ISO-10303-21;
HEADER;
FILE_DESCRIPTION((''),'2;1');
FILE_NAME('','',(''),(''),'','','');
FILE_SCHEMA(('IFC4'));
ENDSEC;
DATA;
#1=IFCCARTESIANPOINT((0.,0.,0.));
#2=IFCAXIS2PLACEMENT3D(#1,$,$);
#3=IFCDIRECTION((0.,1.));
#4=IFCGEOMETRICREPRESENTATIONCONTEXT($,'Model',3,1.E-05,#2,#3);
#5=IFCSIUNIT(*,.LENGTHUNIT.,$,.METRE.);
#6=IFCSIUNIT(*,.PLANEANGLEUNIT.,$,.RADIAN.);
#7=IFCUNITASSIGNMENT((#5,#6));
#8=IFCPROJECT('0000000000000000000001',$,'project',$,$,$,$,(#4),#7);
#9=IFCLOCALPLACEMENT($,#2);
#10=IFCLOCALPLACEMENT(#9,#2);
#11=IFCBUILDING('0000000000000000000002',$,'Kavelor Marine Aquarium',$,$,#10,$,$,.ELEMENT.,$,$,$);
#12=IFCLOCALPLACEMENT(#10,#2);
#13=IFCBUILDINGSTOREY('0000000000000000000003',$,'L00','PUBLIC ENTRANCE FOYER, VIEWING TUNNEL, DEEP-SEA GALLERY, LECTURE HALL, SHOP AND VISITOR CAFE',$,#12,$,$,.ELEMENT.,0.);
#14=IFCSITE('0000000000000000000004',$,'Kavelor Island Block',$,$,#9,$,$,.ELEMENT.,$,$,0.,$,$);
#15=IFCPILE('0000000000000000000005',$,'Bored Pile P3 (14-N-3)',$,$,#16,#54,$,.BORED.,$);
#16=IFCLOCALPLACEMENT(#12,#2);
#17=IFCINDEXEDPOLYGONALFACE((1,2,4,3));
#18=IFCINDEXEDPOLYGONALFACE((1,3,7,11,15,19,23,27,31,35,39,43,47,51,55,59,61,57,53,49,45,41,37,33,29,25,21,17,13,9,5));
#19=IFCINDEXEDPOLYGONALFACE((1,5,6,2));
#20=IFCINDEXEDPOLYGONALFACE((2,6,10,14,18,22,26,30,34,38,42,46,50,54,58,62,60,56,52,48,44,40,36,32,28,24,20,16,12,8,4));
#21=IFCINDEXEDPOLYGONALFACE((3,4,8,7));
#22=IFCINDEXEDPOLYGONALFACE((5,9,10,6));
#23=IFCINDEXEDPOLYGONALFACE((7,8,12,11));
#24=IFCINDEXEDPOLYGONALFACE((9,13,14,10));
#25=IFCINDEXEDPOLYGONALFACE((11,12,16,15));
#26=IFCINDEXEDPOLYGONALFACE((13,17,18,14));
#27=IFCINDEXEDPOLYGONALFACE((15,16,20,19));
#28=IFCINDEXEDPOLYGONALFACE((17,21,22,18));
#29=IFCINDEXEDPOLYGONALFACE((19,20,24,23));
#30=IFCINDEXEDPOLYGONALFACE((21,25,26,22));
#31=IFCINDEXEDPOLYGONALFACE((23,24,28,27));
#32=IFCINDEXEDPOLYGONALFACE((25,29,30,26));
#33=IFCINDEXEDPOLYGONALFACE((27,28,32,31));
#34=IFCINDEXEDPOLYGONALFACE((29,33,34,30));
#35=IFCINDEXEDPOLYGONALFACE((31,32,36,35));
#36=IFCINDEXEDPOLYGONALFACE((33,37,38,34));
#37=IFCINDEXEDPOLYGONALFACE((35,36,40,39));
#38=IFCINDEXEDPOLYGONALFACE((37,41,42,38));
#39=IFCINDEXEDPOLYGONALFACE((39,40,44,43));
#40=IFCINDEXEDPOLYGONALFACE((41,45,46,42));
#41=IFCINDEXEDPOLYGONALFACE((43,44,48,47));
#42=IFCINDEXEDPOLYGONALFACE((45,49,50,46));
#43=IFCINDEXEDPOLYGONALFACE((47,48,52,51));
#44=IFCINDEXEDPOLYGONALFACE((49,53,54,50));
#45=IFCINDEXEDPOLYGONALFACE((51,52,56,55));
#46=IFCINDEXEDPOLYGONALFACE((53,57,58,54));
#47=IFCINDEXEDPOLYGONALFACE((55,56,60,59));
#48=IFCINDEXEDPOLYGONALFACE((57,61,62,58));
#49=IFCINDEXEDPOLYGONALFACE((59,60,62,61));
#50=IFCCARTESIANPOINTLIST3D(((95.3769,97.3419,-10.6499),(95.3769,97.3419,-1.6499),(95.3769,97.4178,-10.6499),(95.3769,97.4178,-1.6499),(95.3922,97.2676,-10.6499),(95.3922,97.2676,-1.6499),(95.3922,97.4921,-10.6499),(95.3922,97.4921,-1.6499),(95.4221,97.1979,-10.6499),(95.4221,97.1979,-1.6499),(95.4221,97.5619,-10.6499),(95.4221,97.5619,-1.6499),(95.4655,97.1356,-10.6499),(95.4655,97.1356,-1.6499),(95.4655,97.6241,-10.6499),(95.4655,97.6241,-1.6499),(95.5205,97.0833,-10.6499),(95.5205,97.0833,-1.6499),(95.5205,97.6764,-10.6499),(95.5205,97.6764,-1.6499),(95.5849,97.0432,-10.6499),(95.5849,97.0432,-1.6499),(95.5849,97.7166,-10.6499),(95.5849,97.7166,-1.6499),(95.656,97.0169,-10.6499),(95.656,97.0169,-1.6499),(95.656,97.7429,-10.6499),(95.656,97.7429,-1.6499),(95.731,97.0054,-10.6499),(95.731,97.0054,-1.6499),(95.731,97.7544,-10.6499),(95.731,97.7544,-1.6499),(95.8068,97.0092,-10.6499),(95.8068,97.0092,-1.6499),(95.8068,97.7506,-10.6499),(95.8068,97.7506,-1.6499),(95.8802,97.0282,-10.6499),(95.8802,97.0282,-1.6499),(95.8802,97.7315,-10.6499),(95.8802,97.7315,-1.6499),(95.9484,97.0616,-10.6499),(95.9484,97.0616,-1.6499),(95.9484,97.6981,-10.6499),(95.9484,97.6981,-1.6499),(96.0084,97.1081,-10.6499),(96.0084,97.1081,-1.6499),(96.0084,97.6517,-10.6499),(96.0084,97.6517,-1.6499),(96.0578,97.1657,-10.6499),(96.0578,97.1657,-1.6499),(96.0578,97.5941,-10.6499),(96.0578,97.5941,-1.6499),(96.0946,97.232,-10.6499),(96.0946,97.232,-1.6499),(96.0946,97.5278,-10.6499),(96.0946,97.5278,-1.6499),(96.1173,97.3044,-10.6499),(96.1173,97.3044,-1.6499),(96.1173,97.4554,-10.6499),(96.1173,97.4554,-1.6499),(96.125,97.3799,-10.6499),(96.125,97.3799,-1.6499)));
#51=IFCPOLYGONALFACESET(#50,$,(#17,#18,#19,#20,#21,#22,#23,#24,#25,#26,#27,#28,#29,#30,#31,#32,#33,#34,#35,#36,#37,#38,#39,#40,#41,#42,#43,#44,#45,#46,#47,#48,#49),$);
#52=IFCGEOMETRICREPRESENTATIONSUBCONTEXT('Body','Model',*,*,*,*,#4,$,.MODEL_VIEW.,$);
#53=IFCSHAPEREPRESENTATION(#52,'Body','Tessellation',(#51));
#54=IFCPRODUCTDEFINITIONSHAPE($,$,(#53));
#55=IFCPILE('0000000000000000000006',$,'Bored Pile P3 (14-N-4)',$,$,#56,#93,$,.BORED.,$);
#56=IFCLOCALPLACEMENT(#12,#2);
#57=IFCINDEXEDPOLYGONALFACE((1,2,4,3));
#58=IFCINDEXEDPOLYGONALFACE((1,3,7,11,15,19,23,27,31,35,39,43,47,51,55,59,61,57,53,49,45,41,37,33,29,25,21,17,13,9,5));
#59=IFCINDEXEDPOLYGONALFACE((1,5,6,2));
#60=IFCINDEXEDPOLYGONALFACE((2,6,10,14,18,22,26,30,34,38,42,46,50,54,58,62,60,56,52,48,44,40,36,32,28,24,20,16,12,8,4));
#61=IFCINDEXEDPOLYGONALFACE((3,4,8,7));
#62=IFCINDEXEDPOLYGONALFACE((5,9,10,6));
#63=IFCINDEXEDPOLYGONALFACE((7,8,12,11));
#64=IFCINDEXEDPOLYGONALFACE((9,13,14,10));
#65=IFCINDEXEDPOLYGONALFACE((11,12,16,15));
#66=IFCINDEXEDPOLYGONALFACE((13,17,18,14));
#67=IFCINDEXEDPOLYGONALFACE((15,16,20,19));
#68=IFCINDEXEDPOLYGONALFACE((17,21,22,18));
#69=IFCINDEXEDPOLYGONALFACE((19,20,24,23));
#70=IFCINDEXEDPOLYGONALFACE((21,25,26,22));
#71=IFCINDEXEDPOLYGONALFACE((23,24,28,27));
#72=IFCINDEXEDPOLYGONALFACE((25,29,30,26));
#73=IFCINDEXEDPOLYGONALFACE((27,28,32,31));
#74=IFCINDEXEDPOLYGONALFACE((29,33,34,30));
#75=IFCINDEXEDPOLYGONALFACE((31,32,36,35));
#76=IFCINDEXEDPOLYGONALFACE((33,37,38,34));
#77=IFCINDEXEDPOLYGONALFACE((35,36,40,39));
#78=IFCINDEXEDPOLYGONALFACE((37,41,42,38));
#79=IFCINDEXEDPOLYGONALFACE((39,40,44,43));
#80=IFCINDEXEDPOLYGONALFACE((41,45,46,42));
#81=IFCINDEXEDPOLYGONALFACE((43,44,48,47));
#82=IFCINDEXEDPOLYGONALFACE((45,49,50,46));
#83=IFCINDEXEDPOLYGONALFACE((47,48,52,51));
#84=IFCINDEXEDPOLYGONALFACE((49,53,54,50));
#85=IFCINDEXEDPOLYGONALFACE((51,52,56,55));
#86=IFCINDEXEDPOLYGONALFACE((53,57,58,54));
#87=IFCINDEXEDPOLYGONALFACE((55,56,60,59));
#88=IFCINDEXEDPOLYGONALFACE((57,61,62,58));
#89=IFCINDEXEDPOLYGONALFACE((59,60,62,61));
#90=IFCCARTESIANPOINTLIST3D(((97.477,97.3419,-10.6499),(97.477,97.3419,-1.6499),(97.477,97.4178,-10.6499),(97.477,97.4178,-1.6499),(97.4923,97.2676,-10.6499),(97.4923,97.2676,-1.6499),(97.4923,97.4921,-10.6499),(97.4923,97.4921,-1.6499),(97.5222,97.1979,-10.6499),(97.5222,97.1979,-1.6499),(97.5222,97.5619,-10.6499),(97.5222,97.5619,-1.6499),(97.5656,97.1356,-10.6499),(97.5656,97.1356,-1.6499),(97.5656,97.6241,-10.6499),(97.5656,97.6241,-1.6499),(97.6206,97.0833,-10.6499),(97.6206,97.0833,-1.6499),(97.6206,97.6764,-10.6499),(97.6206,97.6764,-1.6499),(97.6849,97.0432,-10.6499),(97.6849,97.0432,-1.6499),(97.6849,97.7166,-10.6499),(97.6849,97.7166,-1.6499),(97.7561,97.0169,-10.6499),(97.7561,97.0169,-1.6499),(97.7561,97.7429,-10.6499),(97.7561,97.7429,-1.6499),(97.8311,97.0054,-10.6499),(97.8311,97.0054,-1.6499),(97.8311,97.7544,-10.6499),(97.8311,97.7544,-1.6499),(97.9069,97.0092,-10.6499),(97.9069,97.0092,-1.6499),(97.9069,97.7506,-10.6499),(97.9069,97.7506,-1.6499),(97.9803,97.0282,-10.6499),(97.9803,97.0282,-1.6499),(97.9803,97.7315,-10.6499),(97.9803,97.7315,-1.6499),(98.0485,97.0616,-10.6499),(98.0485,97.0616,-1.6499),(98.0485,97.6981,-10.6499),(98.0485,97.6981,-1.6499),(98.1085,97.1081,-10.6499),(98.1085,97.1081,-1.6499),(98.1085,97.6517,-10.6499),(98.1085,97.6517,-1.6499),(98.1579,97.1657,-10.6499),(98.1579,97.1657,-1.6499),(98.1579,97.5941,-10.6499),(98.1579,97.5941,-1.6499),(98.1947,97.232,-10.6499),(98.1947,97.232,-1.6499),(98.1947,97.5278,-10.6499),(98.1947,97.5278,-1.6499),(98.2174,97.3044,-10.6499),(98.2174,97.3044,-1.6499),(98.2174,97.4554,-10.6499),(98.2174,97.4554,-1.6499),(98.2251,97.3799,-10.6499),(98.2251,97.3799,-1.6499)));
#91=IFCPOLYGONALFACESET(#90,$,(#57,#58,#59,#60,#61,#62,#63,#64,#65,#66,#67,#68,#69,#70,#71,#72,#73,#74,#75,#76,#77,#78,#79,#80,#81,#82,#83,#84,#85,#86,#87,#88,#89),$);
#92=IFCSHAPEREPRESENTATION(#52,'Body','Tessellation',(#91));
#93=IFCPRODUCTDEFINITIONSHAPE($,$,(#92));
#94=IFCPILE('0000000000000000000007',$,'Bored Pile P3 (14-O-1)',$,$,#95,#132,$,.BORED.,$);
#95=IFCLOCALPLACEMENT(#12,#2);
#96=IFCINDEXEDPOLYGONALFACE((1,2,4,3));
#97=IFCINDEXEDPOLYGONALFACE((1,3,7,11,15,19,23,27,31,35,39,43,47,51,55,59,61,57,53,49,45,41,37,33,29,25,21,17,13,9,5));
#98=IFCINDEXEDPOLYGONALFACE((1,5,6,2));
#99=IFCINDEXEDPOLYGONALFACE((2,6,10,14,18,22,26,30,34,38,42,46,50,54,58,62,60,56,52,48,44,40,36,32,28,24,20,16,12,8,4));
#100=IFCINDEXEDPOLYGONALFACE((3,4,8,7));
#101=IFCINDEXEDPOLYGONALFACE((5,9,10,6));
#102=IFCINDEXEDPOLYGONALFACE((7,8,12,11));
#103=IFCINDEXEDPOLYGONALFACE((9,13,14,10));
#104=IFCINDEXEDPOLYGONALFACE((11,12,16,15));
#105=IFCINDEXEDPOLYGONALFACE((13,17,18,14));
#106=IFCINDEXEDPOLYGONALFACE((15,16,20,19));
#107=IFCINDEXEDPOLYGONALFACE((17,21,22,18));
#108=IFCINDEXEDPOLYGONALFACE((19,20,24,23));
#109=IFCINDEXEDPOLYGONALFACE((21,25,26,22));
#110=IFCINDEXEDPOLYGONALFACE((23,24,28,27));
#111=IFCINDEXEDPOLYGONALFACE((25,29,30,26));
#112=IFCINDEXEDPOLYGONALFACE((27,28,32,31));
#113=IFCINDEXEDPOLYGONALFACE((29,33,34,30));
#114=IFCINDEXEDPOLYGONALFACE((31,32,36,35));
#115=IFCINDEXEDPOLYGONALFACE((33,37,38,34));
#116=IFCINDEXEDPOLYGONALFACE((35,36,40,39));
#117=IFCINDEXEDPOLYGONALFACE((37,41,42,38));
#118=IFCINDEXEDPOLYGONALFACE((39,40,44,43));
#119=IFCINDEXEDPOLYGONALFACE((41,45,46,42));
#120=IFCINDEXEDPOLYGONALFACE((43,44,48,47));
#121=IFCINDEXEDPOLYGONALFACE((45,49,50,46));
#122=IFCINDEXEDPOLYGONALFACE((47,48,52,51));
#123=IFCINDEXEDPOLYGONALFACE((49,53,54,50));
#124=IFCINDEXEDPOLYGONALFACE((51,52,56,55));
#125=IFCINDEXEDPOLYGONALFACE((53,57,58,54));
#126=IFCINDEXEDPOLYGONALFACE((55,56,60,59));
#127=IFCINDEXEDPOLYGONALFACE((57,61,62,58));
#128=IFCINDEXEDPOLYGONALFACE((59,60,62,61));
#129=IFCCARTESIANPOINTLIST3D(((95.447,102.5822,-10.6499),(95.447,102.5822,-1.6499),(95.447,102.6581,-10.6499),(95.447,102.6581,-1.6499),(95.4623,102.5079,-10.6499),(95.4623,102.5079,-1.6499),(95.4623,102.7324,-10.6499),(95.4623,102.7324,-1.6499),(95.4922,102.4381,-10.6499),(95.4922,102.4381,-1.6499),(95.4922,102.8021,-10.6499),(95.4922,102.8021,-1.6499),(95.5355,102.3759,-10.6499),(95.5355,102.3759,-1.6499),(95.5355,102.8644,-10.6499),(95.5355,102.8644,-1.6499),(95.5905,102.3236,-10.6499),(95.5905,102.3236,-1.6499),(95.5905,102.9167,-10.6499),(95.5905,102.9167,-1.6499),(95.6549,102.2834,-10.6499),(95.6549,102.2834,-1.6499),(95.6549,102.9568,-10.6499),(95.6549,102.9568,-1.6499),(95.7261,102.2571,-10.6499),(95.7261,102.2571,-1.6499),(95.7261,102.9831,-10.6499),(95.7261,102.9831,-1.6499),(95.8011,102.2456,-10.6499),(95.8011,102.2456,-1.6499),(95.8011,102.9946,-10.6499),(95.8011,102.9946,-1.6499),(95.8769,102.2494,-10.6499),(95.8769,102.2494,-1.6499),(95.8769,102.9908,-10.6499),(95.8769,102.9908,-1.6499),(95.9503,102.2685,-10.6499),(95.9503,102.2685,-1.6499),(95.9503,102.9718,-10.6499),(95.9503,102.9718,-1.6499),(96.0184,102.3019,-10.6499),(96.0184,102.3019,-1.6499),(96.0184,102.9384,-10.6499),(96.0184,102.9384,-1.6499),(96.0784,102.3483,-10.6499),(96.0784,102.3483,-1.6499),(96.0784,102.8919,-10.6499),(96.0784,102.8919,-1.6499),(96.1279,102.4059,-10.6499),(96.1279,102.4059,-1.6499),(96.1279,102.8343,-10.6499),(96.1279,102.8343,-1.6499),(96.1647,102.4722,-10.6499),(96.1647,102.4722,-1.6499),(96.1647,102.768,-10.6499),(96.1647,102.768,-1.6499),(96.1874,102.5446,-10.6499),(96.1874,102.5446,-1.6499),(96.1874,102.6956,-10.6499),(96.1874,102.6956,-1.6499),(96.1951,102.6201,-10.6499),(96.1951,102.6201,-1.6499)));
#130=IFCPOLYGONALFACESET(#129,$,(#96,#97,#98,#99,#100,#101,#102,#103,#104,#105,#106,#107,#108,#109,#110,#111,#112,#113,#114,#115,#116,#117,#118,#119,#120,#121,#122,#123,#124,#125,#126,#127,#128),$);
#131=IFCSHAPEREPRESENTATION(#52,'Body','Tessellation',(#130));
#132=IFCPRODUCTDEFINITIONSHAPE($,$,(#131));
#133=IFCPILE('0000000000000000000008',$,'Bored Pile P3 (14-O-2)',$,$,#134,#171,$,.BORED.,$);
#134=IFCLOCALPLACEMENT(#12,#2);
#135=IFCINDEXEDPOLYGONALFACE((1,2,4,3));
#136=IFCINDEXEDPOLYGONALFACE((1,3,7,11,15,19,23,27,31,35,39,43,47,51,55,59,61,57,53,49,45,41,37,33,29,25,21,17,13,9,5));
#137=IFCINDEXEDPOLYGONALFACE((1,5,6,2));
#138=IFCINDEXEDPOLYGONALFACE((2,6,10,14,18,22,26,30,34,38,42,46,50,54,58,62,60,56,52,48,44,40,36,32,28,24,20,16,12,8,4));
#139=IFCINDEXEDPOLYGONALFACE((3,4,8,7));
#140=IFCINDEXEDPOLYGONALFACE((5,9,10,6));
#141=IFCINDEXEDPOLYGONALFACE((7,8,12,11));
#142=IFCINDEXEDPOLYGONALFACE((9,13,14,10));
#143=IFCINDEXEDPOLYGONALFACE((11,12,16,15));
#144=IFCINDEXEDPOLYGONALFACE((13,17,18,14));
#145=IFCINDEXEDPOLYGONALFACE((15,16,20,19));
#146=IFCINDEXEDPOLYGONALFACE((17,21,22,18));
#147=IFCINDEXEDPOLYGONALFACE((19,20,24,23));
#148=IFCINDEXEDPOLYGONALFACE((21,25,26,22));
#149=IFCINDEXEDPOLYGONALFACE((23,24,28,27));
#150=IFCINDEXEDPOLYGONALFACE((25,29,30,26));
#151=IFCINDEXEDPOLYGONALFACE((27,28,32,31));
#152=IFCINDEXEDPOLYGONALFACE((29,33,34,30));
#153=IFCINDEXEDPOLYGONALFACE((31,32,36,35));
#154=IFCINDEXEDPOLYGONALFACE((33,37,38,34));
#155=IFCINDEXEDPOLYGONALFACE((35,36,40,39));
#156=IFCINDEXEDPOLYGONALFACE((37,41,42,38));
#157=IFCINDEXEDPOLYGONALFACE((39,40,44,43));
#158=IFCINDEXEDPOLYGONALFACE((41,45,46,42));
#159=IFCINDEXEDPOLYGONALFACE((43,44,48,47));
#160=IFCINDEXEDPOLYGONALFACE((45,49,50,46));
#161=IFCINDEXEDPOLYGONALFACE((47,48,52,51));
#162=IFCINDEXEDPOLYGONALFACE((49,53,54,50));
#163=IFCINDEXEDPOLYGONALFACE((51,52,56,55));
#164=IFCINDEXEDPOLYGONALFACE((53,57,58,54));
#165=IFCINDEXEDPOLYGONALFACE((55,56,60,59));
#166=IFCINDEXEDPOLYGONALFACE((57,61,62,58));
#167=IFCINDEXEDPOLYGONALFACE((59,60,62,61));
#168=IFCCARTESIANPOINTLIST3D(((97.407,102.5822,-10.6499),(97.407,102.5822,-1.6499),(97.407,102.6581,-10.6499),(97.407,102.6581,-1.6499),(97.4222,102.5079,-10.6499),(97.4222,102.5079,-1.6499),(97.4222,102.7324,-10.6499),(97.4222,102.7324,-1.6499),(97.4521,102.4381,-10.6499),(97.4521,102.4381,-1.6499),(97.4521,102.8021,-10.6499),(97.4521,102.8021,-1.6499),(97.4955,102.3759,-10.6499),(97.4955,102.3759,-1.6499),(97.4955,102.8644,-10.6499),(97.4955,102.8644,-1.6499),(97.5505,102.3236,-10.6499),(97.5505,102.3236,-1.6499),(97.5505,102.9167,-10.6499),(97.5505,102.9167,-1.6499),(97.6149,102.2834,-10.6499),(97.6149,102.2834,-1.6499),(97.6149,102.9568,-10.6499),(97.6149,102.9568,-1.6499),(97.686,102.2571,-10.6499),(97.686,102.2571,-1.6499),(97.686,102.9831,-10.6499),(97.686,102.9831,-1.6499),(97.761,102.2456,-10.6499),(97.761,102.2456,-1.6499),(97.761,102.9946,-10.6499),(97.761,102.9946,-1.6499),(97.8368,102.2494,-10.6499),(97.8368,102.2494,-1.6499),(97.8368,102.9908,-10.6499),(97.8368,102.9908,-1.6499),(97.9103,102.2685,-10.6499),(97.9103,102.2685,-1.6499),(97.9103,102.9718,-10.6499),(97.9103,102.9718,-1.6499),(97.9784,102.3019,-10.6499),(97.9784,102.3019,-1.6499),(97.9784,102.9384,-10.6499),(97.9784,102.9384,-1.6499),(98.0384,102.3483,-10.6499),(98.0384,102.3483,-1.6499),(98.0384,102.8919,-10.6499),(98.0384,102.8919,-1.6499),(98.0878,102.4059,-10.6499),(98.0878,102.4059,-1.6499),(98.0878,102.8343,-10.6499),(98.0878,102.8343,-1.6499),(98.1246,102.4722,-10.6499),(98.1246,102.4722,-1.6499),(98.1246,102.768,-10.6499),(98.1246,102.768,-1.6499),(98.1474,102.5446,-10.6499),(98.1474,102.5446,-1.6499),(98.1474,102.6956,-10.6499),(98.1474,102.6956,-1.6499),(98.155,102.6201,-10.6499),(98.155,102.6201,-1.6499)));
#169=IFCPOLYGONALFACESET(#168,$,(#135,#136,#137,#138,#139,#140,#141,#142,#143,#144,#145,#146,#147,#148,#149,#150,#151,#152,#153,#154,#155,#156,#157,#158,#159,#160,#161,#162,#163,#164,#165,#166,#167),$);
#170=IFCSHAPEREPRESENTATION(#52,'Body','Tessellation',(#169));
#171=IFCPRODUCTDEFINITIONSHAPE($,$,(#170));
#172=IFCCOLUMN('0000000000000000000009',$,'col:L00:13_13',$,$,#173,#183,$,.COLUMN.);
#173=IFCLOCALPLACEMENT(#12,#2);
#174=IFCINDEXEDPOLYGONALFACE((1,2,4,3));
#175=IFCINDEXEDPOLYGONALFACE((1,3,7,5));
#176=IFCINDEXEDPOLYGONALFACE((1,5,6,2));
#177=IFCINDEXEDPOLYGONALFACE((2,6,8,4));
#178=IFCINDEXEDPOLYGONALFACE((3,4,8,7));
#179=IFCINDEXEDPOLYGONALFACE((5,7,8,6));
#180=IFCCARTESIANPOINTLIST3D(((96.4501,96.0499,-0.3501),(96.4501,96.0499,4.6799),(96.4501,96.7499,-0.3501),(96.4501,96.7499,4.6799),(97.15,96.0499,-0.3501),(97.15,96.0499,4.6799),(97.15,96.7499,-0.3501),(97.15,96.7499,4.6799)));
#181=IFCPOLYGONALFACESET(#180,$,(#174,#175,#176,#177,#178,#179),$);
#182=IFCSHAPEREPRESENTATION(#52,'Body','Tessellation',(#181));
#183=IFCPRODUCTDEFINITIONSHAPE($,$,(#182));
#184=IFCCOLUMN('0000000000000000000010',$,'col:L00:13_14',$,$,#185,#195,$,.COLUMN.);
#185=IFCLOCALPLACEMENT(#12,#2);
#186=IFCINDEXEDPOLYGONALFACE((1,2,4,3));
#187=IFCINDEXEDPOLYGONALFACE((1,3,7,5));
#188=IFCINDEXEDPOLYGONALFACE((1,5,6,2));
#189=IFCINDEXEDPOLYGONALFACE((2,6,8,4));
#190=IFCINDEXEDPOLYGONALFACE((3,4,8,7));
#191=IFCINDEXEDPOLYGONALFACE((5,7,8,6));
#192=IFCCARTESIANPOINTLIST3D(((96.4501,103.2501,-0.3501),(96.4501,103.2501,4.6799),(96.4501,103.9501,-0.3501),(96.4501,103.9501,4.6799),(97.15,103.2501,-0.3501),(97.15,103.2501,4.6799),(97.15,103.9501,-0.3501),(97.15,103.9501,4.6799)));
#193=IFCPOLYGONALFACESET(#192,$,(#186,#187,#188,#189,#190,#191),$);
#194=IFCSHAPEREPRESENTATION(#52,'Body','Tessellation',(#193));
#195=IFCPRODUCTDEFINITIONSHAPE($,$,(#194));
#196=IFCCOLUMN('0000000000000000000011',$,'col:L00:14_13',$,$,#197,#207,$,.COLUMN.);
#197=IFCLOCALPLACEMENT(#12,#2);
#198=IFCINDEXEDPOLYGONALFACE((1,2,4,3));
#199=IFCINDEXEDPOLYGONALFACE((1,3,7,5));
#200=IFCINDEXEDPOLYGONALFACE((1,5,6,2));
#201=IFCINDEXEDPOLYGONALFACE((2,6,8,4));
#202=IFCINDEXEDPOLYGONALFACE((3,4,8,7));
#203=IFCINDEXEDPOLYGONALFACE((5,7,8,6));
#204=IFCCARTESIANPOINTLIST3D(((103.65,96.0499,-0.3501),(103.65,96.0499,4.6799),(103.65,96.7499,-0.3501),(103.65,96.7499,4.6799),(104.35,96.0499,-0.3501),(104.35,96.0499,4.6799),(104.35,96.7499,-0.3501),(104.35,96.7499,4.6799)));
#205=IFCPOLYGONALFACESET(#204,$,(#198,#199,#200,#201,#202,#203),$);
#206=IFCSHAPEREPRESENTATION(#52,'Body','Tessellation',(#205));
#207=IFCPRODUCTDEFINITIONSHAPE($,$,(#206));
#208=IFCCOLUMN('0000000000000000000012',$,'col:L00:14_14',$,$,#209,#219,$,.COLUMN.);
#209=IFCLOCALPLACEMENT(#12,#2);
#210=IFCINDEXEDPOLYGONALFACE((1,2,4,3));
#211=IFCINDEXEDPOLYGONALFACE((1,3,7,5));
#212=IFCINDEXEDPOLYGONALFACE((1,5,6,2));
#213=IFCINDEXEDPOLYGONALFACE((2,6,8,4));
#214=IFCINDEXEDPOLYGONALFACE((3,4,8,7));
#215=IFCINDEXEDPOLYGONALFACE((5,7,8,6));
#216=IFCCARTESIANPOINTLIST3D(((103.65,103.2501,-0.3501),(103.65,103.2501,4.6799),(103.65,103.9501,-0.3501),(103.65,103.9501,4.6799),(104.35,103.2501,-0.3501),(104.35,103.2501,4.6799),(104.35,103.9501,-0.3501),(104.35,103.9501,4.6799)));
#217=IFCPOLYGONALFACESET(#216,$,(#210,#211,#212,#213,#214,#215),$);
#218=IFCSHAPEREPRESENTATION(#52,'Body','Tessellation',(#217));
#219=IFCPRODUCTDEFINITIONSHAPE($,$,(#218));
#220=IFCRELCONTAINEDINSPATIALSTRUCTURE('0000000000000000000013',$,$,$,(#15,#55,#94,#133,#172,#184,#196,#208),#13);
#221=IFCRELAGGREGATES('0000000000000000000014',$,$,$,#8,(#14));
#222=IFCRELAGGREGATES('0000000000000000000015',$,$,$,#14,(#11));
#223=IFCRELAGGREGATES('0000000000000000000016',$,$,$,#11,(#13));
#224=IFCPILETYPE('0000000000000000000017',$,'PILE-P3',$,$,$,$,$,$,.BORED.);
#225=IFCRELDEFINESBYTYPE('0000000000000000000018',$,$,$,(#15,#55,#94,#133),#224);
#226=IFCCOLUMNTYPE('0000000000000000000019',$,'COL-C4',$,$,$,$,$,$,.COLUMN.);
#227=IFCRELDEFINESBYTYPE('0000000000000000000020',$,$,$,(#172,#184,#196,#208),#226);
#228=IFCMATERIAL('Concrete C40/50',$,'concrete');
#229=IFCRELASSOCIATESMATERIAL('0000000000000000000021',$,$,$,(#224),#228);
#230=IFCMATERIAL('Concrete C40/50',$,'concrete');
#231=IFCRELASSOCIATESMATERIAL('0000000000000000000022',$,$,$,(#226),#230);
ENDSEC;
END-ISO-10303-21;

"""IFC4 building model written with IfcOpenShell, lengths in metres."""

from ifc_helpers import new_model, si_unit, direction, frame, origin, origin_2d, place, context, subcontext, project, spatial, rectangle, circle, extrude, material, material_profile, profile_set, type_object, element, save


model = new_model("IFC4")

# Units and contexts
model_context = context("Model", 3, precision=1e-05, world=origin(), true_north=direction((0.0, 1.0)))
body_context = subcontext(model_context, "Body", "Model", "MODEL_VIEW")
ifc_project = project(units=[si_unit("LENGTHUNIT", "METRE"), si_unit("PLANEANGLEUNIT", "RADIAN")], contexts=[model_context])

# Site, building, storey
site_placement = place(None, origin())
site = spatial("IfcSite", under=ifc_project, at=site_placement, Name="Kavelor Island Block", CompositionType="ELEMENT", RefElevation=0.0)
building_placement = place(site_placement, origin())
building = spatial("IfcBuilding", under=site, at=building_placement, Name="Kavelor Marine Aquarium", CompositionType="ELEMENT")
storey_placement = place(building_placement, origin())
storey = spatial("IfcBuildingStorey", under=building, at=storey_placement, Name="L00", Description="PUBLIC ENTRANCE FOYER, VIEWING TUNNEL, DEEP-SEA GALLERY, LECTURE HALL, SHOP AND VISITOR CAFE", CompositionType="ELEMENT", Elevation=0.0)

# Piles
ifc_material_1 = material(Name="Concrete C40/50", Category="concrete")
ifc_material_profile_1 = material_profile(ifc_material_1, circle(Radius=0.375, at=origin_2d()), Name="PILE D750")
ifc_profile_set_1 = profile_set([ifc_material_profile_1], Name="Concrete C40/50")
pile_type_1 = type_object("IfcPileType", Name="PILE-P3", PredefinedType="BORED", material=ifc_profile_set_1)
for number, where, z_axis, x_axis, name in (
    (1, (95.75, 97.3799, -1.6499), (0.0, 0.0, -1.0), (1.0, 0.0, 0.0), "Bored Pile P3 (14-N-3)"),
    (2, (97.8501, 97.3799, -1.6499), (0.0, 0.0, -1.0), (1.0, 0.0, 0.0), "Bored Pile P3 (14-N-4)"),
    (3, (95.8201, 102.6201, -1.6499), (0.0, 0.0, -1.0), (1.0, 0.0, 0.0), "Bored Pile P3 (14-O-1)"),
    (4, (97.78, 102.6201, -1.6499), (0.0, 0.0, -1.0), (1.0, 0.0, 0.0), "Bored Pile P3 (14-O-2)"),
):
    element("IfcPile", number, at=place(storey_placement, frame(where, z_axis=z_axis, x_axis=x_axis)), inside=storey, type_object=pile_type_1, Name=name, PredefinedType="BORED", context=body_context, shape_type="SweptSolid", body=[
        extrude(circle(Radius=0.375, at=origin_2d()), origin(), (0.0, 0.0, 1.0), 9.0),
    ])

# Columns
ifc_material_2 = material(Name="Concrete C40/50", Category="concrete")
ifc_material_profile_2 = material_profile(ifc_material_2, rectangle(XDim=0.7, YDim=0.7, at=origin_2d()), Name="RC-COL 700x700")
ifc_profile_set_2 = profile_set([ifc_material_profile_2], Name="Concrete C40/50")
column_type = type_object("IfcColumnType", Name="COL-C4", PredefinedType="COLUMN", material=ifc_profile_set_2)
for number, where, z_axis, x_axis, name in (
    (5, (96.8, 96.3999, -0.3501), (0.0, 0.0, 1.0), (1.0, 0.0, 0.0), "col:L00:13_13"),
    (6, (96.8, 103.6001, -0.3501), (0.0, 0.0, 1.0), (1.0, 0.0, 0.0), "col:L00:13_14"),
    (7, (104.0, 96.3999, -0.3501), (0.0, 0.0, 1.0), (1.0, 0.0, 0.0), "col:L00:14_13"),
    (8, (104.0, 103.6001, -0.3501), (0.0, 0.0, 1.0), (1.0, 0.0, 0.0), "col:L00:14_14"),
):
    element("IfcColumn", number, at=place(storey_placement, frame(where, z_axis=z_axis, x_axis=x_axis)), inside=storey, type_object=column_type, Name=name, PredefinedType="COLUMN", context=body_context, shape_type="SweptSolid", body=[
        extrude(rectangle(XDim=0.7, YDim=0.7, at=origin_2d()), origin(), (0.0, 0.0, 1.0), 5.03),
    ])

save(model, "model.ifc")
